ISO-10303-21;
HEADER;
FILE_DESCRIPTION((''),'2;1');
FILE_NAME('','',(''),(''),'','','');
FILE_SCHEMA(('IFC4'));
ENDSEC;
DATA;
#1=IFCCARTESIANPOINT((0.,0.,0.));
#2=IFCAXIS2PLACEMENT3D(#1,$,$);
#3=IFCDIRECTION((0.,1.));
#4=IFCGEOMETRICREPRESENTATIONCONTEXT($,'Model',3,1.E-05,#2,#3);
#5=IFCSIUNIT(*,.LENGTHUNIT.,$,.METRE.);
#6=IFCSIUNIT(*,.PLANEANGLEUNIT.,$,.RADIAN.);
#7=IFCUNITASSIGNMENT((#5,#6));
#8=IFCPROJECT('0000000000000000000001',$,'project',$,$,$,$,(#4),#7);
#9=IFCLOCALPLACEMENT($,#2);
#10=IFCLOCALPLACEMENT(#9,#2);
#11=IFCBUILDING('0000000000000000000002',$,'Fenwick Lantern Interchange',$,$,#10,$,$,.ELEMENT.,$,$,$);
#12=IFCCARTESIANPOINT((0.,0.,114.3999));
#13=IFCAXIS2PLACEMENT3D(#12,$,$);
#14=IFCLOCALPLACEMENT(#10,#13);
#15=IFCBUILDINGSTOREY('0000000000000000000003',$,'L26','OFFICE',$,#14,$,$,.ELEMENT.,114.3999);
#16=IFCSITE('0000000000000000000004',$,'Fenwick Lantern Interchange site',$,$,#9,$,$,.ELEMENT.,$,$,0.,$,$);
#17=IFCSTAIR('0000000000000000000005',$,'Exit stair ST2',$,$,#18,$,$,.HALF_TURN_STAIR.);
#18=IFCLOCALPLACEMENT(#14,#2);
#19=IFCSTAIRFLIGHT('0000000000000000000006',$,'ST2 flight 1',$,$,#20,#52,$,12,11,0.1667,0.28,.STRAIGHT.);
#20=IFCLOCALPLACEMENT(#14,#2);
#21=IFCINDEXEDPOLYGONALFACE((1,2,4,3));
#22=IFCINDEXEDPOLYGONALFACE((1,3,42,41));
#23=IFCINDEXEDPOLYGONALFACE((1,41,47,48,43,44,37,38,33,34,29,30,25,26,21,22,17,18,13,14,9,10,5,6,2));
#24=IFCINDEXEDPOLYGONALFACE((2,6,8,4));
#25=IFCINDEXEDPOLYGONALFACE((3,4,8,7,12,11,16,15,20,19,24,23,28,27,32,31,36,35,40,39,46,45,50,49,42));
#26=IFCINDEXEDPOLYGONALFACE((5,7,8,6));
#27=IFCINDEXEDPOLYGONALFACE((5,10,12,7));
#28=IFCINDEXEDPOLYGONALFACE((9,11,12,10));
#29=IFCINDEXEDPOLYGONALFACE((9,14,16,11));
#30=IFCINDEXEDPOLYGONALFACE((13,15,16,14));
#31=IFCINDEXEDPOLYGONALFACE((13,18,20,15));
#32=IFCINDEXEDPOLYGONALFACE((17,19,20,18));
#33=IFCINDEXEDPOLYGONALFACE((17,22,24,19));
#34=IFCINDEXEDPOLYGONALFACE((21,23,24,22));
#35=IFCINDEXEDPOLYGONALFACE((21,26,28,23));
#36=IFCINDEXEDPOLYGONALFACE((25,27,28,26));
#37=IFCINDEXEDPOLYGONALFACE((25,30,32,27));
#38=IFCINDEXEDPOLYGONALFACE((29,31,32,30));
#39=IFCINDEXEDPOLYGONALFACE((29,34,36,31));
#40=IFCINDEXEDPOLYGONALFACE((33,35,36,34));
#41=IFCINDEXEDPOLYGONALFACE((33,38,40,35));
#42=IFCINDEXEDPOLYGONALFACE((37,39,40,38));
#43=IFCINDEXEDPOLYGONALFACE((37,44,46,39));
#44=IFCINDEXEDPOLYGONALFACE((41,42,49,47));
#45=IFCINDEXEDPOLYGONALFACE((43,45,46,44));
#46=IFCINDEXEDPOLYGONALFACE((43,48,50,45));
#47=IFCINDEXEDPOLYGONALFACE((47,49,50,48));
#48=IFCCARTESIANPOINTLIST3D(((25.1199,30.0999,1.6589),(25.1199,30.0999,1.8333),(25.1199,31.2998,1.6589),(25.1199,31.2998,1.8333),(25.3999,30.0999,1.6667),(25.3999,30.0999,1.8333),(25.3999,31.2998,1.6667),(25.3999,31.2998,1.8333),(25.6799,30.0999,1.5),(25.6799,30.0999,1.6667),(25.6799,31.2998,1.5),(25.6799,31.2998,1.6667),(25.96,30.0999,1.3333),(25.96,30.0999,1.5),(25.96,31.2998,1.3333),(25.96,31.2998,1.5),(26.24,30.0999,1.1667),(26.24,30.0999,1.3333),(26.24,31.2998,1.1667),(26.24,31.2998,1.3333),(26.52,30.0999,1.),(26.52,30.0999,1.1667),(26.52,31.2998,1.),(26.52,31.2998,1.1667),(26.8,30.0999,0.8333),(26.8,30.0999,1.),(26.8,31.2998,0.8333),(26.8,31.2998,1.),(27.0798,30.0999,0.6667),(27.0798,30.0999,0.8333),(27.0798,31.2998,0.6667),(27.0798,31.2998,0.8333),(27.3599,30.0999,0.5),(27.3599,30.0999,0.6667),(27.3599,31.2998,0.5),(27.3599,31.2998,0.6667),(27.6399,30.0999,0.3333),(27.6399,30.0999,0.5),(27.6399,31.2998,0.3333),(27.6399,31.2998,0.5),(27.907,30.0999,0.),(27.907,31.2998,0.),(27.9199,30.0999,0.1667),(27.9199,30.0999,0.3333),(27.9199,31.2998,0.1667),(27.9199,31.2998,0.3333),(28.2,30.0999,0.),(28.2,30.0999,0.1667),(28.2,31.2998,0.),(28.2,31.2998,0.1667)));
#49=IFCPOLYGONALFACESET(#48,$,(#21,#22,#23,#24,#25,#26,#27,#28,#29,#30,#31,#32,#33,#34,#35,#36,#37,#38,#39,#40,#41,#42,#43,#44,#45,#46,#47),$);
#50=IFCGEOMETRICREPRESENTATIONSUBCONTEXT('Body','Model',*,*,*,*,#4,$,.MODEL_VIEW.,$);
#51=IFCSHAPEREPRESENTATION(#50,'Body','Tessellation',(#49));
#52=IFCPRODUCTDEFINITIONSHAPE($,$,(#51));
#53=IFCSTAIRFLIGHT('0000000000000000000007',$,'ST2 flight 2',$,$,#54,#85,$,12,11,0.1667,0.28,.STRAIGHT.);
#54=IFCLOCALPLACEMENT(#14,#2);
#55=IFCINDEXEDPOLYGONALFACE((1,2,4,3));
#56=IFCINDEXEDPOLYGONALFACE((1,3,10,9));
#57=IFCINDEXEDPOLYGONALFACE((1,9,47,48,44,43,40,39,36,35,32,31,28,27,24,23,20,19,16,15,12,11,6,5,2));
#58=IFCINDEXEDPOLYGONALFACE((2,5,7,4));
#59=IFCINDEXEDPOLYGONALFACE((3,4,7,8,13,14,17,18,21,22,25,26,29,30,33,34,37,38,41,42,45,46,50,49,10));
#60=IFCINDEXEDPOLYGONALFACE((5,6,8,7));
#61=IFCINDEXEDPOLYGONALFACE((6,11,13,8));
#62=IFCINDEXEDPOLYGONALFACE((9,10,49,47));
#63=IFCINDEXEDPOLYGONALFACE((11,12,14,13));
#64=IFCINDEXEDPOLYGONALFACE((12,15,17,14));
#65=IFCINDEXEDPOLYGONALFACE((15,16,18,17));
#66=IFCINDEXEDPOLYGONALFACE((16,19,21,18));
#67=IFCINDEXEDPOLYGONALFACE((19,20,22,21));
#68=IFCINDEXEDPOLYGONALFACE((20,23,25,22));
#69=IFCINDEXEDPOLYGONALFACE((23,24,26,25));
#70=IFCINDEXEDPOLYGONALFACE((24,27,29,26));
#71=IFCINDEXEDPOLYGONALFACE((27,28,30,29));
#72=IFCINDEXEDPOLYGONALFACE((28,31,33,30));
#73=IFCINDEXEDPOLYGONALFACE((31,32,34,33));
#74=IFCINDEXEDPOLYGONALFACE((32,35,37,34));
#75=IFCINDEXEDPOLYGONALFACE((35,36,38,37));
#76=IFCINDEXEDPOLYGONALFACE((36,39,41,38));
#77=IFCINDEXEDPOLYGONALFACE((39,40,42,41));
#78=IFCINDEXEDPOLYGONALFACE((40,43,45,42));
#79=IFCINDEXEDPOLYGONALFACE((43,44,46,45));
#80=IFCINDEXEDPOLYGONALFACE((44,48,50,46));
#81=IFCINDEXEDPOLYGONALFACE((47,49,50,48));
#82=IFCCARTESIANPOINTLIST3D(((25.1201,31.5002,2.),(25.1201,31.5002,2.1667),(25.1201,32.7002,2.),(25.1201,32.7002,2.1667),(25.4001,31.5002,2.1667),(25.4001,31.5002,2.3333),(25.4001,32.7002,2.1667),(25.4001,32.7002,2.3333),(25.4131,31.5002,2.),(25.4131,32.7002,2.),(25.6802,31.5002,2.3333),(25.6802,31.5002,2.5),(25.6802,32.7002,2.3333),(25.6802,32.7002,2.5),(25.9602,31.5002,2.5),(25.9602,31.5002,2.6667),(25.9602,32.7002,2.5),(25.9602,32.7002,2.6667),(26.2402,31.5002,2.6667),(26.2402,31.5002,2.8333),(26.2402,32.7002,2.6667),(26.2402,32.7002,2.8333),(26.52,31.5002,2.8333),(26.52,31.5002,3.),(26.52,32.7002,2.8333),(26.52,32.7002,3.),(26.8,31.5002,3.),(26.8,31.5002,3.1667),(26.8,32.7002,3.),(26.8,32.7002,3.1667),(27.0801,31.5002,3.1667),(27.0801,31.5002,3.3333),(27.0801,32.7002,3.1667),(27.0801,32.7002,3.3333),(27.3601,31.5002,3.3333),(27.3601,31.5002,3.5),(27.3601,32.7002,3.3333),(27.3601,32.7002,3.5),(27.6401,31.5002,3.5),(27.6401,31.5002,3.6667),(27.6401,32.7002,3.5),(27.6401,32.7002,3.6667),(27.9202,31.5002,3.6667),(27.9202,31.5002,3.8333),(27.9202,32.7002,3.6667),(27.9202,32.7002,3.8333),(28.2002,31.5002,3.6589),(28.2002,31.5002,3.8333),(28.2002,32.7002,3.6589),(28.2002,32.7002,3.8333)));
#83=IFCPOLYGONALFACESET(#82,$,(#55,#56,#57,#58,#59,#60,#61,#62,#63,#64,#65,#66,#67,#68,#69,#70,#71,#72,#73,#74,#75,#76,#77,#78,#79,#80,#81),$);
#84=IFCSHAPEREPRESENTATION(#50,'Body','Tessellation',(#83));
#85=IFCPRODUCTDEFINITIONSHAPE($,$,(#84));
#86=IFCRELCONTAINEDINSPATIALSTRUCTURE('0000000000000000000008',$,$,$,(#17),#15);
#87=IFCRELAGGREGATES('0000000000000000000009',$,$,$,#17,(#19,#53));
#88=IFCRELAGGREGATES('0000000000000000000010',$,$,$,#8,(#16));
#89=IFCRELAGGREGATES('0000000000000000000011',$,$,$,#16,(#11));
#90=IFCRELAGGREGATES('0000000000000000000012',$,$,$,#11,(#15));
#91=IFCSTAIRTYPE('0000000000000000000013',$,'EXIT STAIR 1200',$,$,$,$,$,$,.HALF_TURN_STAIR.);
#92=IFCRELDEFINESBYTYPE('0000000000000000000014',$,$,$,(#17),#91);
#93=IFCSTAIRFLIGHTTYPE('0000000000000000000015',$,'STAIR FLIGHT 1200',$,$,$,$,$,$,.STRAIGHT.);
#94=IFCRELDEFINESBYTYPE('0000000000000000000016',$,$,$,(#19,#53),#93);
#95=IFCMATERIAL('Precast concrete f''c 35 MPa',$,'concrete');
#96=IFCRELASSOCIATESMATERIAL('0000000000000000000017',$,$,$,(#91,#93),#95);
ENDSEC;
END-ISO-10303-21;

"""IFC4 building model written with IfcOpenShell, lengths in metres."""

from ifc_helpers import new_model, si_unit, direction, frame, origin, place, context, subcontext, project, spatial, polyline, outline, extrude, material, type_object, element, aggregate, save


model = new_model("IFC4")

# Units and contexts
model_context = context("Model", 3, precision=1e-05, world=origin(), true_north=direction((0.0, 1.0)))
body_context = subcontext(model_context, "Body", "Model", "MODEL_VIEW")
ifc_project = project(units=[si_unit("LENGTHUNIT", "METRE"), si_unit("PLANEANGLEUNIT", "RADIAN")], contexts=[model_context])

# Site, building, storey
site_placement = place(None, origin())
site = spatial("IfcSite", under=ifc_project, at=site_placement, Name="Fenwick Lantern Interchange site", CompositionType="ELEMENT", RefElevation=0.0)
building_placement = place(site_placement, origin())
building = spatial("IfcBuilding", under=site, at=building_placement, Name="Fenwick Lantern Interchange", CompositionType="ELEMENT")
storey_placement = place(building_placement, frame((0.0, 0.0, 114.3999)))
storey = spatial("IfcBuildingStorey", under=building, at=storey_placement, Name="L26", Description="OFFICE", CompositionType="ELEMENT", Elevation=114.3999)

# Stair, stair flights
ifc_material_1 = material(Name="Precast concrete f'c 35 MPa", Category="concrete")
stair_type = type_object("IfcStairType", Name="EXIT STAIR 1200", PredefinedType="HALF_TURN_STAIR", material=ifc_material_1)
stair_placement = place(storey_placement, origin())
stair = element("IfcStair", 1, at=stair_placement, inside=storey, type_object=stair_type, Name="Exit stair ST2", PredefinedType="HALF_TURN_STAIR")
stair_flight_type = type_object("IfcStairFlightType", Name="STAIR FLIGHT 1200", PredefinedType="STRAIGHT", material=ifc_material_1)
stair_flight_1_placement = place(storey_placement, frame((28.2, 30.7, 0.0), z_axis=(0.0, 0.0, 1.0), x_axis=(-1.0, 0.0, 0.0)))
stair_flight_1 = element("IfcStairFlight", 2, at=stair_flight_1_placement, type_object=stair_flight_type, Name="ST2 flight 1", NumberOfRisers=12, NumberOfTreads=11, PredefinedType="STRAIGHT", RiserHeight=0.1667, TreadLength=0.28, context=body_context, shape_type="SweptSolid", body=[
    extrude(outline(polyline([(0.0, 0.0), (0.0, 0.1667), (0.28, 0.1667), (0.28, 0.3333), (0.5601, 0.3333), (0.5601, 0.5), (0.8401, 0.5), (0.8401, 0.6667), (1.1201, 0.6667), (1.1201, 0.8333), (1.3999, 0.8333), (1.3999, 1.0), (1.6799, 1.0), (1.6799, 1.1667), (1.96, 1.1667), (1.96, 1.3333), (2.24, 1.3333), (2.24, 1.5), (2.52, 1.5), (2.52, 1.6667), (2.8, 1.6667), (2.8, 1.8333), (3.0801, 1.8333), (3.0801, 2.0), (3.0801, 1.6589), (0.293, 0.0), (0.0, 0.0)])), frame((0.0, 0.6001, 0.0), z_axis=(0.0, -1.0, 0.0), x_axis=(1.0, 0.0, 0.0)), (0.0, 0.0, 1.0), 1.2),
])
stair_flight_2_placement = place(storey_placement, frame((25.1201, 32.1001, 2.0), z_axis=(0.0, 0.0, 1.0), x_axis=(1.0, 0.0, 0.0)))
stair_flight_2 = element("IfcStairFlight", 3, at=stair_flight_2_placement, type_object=stair_flight_type, Name="ST2 flight 2", NumberOfRisers=12, NumberOfTreads=11, PredefinedType="STRAIGHT", RiserHeight=0.1667, TreadLength=0.28, context=body_context, shape_type="SweptSolid", body=[
    extrude(outline(polyline([(0.0, 0.0), (0.0, 0.1667), (0.28, 0.1667), (0.28, 0.3333), (0.5601, 0.3333), (0.5601, 0.5), (0.8401, 0.5), (0.8401, 0.6667), (1.1201, 0.6667), (1.1201, 0.8333), (1.3999, 0.8333), (1.3999, 1.0), (1.6799, 1.0), (1.6799, 1.1667), (1.96, 1.1667), (1.96, 1.3333), (2.24, 1.3333), (2.24, 1.5), (2.52, 1.5), (2.52, 1.6667), (2.8, 1.6667), (2.8, 1.8333), (3.0801, 1.8333), (3.0801, 2.0), (3.0801, 1.6589), (0.293, 0.0), (0.0, 0.0)])), frame((0.0, 0.6001, 0.0), z_axis=(0.0, -1.0, 0.0), x_axis=(1.0, 0.0, 0.0)), (0.0, 0.0, 1.0), 1.2),
])
aggregate(stair, [stair_flight_1, stair_flight_2])

save(model, "model.ifc")
